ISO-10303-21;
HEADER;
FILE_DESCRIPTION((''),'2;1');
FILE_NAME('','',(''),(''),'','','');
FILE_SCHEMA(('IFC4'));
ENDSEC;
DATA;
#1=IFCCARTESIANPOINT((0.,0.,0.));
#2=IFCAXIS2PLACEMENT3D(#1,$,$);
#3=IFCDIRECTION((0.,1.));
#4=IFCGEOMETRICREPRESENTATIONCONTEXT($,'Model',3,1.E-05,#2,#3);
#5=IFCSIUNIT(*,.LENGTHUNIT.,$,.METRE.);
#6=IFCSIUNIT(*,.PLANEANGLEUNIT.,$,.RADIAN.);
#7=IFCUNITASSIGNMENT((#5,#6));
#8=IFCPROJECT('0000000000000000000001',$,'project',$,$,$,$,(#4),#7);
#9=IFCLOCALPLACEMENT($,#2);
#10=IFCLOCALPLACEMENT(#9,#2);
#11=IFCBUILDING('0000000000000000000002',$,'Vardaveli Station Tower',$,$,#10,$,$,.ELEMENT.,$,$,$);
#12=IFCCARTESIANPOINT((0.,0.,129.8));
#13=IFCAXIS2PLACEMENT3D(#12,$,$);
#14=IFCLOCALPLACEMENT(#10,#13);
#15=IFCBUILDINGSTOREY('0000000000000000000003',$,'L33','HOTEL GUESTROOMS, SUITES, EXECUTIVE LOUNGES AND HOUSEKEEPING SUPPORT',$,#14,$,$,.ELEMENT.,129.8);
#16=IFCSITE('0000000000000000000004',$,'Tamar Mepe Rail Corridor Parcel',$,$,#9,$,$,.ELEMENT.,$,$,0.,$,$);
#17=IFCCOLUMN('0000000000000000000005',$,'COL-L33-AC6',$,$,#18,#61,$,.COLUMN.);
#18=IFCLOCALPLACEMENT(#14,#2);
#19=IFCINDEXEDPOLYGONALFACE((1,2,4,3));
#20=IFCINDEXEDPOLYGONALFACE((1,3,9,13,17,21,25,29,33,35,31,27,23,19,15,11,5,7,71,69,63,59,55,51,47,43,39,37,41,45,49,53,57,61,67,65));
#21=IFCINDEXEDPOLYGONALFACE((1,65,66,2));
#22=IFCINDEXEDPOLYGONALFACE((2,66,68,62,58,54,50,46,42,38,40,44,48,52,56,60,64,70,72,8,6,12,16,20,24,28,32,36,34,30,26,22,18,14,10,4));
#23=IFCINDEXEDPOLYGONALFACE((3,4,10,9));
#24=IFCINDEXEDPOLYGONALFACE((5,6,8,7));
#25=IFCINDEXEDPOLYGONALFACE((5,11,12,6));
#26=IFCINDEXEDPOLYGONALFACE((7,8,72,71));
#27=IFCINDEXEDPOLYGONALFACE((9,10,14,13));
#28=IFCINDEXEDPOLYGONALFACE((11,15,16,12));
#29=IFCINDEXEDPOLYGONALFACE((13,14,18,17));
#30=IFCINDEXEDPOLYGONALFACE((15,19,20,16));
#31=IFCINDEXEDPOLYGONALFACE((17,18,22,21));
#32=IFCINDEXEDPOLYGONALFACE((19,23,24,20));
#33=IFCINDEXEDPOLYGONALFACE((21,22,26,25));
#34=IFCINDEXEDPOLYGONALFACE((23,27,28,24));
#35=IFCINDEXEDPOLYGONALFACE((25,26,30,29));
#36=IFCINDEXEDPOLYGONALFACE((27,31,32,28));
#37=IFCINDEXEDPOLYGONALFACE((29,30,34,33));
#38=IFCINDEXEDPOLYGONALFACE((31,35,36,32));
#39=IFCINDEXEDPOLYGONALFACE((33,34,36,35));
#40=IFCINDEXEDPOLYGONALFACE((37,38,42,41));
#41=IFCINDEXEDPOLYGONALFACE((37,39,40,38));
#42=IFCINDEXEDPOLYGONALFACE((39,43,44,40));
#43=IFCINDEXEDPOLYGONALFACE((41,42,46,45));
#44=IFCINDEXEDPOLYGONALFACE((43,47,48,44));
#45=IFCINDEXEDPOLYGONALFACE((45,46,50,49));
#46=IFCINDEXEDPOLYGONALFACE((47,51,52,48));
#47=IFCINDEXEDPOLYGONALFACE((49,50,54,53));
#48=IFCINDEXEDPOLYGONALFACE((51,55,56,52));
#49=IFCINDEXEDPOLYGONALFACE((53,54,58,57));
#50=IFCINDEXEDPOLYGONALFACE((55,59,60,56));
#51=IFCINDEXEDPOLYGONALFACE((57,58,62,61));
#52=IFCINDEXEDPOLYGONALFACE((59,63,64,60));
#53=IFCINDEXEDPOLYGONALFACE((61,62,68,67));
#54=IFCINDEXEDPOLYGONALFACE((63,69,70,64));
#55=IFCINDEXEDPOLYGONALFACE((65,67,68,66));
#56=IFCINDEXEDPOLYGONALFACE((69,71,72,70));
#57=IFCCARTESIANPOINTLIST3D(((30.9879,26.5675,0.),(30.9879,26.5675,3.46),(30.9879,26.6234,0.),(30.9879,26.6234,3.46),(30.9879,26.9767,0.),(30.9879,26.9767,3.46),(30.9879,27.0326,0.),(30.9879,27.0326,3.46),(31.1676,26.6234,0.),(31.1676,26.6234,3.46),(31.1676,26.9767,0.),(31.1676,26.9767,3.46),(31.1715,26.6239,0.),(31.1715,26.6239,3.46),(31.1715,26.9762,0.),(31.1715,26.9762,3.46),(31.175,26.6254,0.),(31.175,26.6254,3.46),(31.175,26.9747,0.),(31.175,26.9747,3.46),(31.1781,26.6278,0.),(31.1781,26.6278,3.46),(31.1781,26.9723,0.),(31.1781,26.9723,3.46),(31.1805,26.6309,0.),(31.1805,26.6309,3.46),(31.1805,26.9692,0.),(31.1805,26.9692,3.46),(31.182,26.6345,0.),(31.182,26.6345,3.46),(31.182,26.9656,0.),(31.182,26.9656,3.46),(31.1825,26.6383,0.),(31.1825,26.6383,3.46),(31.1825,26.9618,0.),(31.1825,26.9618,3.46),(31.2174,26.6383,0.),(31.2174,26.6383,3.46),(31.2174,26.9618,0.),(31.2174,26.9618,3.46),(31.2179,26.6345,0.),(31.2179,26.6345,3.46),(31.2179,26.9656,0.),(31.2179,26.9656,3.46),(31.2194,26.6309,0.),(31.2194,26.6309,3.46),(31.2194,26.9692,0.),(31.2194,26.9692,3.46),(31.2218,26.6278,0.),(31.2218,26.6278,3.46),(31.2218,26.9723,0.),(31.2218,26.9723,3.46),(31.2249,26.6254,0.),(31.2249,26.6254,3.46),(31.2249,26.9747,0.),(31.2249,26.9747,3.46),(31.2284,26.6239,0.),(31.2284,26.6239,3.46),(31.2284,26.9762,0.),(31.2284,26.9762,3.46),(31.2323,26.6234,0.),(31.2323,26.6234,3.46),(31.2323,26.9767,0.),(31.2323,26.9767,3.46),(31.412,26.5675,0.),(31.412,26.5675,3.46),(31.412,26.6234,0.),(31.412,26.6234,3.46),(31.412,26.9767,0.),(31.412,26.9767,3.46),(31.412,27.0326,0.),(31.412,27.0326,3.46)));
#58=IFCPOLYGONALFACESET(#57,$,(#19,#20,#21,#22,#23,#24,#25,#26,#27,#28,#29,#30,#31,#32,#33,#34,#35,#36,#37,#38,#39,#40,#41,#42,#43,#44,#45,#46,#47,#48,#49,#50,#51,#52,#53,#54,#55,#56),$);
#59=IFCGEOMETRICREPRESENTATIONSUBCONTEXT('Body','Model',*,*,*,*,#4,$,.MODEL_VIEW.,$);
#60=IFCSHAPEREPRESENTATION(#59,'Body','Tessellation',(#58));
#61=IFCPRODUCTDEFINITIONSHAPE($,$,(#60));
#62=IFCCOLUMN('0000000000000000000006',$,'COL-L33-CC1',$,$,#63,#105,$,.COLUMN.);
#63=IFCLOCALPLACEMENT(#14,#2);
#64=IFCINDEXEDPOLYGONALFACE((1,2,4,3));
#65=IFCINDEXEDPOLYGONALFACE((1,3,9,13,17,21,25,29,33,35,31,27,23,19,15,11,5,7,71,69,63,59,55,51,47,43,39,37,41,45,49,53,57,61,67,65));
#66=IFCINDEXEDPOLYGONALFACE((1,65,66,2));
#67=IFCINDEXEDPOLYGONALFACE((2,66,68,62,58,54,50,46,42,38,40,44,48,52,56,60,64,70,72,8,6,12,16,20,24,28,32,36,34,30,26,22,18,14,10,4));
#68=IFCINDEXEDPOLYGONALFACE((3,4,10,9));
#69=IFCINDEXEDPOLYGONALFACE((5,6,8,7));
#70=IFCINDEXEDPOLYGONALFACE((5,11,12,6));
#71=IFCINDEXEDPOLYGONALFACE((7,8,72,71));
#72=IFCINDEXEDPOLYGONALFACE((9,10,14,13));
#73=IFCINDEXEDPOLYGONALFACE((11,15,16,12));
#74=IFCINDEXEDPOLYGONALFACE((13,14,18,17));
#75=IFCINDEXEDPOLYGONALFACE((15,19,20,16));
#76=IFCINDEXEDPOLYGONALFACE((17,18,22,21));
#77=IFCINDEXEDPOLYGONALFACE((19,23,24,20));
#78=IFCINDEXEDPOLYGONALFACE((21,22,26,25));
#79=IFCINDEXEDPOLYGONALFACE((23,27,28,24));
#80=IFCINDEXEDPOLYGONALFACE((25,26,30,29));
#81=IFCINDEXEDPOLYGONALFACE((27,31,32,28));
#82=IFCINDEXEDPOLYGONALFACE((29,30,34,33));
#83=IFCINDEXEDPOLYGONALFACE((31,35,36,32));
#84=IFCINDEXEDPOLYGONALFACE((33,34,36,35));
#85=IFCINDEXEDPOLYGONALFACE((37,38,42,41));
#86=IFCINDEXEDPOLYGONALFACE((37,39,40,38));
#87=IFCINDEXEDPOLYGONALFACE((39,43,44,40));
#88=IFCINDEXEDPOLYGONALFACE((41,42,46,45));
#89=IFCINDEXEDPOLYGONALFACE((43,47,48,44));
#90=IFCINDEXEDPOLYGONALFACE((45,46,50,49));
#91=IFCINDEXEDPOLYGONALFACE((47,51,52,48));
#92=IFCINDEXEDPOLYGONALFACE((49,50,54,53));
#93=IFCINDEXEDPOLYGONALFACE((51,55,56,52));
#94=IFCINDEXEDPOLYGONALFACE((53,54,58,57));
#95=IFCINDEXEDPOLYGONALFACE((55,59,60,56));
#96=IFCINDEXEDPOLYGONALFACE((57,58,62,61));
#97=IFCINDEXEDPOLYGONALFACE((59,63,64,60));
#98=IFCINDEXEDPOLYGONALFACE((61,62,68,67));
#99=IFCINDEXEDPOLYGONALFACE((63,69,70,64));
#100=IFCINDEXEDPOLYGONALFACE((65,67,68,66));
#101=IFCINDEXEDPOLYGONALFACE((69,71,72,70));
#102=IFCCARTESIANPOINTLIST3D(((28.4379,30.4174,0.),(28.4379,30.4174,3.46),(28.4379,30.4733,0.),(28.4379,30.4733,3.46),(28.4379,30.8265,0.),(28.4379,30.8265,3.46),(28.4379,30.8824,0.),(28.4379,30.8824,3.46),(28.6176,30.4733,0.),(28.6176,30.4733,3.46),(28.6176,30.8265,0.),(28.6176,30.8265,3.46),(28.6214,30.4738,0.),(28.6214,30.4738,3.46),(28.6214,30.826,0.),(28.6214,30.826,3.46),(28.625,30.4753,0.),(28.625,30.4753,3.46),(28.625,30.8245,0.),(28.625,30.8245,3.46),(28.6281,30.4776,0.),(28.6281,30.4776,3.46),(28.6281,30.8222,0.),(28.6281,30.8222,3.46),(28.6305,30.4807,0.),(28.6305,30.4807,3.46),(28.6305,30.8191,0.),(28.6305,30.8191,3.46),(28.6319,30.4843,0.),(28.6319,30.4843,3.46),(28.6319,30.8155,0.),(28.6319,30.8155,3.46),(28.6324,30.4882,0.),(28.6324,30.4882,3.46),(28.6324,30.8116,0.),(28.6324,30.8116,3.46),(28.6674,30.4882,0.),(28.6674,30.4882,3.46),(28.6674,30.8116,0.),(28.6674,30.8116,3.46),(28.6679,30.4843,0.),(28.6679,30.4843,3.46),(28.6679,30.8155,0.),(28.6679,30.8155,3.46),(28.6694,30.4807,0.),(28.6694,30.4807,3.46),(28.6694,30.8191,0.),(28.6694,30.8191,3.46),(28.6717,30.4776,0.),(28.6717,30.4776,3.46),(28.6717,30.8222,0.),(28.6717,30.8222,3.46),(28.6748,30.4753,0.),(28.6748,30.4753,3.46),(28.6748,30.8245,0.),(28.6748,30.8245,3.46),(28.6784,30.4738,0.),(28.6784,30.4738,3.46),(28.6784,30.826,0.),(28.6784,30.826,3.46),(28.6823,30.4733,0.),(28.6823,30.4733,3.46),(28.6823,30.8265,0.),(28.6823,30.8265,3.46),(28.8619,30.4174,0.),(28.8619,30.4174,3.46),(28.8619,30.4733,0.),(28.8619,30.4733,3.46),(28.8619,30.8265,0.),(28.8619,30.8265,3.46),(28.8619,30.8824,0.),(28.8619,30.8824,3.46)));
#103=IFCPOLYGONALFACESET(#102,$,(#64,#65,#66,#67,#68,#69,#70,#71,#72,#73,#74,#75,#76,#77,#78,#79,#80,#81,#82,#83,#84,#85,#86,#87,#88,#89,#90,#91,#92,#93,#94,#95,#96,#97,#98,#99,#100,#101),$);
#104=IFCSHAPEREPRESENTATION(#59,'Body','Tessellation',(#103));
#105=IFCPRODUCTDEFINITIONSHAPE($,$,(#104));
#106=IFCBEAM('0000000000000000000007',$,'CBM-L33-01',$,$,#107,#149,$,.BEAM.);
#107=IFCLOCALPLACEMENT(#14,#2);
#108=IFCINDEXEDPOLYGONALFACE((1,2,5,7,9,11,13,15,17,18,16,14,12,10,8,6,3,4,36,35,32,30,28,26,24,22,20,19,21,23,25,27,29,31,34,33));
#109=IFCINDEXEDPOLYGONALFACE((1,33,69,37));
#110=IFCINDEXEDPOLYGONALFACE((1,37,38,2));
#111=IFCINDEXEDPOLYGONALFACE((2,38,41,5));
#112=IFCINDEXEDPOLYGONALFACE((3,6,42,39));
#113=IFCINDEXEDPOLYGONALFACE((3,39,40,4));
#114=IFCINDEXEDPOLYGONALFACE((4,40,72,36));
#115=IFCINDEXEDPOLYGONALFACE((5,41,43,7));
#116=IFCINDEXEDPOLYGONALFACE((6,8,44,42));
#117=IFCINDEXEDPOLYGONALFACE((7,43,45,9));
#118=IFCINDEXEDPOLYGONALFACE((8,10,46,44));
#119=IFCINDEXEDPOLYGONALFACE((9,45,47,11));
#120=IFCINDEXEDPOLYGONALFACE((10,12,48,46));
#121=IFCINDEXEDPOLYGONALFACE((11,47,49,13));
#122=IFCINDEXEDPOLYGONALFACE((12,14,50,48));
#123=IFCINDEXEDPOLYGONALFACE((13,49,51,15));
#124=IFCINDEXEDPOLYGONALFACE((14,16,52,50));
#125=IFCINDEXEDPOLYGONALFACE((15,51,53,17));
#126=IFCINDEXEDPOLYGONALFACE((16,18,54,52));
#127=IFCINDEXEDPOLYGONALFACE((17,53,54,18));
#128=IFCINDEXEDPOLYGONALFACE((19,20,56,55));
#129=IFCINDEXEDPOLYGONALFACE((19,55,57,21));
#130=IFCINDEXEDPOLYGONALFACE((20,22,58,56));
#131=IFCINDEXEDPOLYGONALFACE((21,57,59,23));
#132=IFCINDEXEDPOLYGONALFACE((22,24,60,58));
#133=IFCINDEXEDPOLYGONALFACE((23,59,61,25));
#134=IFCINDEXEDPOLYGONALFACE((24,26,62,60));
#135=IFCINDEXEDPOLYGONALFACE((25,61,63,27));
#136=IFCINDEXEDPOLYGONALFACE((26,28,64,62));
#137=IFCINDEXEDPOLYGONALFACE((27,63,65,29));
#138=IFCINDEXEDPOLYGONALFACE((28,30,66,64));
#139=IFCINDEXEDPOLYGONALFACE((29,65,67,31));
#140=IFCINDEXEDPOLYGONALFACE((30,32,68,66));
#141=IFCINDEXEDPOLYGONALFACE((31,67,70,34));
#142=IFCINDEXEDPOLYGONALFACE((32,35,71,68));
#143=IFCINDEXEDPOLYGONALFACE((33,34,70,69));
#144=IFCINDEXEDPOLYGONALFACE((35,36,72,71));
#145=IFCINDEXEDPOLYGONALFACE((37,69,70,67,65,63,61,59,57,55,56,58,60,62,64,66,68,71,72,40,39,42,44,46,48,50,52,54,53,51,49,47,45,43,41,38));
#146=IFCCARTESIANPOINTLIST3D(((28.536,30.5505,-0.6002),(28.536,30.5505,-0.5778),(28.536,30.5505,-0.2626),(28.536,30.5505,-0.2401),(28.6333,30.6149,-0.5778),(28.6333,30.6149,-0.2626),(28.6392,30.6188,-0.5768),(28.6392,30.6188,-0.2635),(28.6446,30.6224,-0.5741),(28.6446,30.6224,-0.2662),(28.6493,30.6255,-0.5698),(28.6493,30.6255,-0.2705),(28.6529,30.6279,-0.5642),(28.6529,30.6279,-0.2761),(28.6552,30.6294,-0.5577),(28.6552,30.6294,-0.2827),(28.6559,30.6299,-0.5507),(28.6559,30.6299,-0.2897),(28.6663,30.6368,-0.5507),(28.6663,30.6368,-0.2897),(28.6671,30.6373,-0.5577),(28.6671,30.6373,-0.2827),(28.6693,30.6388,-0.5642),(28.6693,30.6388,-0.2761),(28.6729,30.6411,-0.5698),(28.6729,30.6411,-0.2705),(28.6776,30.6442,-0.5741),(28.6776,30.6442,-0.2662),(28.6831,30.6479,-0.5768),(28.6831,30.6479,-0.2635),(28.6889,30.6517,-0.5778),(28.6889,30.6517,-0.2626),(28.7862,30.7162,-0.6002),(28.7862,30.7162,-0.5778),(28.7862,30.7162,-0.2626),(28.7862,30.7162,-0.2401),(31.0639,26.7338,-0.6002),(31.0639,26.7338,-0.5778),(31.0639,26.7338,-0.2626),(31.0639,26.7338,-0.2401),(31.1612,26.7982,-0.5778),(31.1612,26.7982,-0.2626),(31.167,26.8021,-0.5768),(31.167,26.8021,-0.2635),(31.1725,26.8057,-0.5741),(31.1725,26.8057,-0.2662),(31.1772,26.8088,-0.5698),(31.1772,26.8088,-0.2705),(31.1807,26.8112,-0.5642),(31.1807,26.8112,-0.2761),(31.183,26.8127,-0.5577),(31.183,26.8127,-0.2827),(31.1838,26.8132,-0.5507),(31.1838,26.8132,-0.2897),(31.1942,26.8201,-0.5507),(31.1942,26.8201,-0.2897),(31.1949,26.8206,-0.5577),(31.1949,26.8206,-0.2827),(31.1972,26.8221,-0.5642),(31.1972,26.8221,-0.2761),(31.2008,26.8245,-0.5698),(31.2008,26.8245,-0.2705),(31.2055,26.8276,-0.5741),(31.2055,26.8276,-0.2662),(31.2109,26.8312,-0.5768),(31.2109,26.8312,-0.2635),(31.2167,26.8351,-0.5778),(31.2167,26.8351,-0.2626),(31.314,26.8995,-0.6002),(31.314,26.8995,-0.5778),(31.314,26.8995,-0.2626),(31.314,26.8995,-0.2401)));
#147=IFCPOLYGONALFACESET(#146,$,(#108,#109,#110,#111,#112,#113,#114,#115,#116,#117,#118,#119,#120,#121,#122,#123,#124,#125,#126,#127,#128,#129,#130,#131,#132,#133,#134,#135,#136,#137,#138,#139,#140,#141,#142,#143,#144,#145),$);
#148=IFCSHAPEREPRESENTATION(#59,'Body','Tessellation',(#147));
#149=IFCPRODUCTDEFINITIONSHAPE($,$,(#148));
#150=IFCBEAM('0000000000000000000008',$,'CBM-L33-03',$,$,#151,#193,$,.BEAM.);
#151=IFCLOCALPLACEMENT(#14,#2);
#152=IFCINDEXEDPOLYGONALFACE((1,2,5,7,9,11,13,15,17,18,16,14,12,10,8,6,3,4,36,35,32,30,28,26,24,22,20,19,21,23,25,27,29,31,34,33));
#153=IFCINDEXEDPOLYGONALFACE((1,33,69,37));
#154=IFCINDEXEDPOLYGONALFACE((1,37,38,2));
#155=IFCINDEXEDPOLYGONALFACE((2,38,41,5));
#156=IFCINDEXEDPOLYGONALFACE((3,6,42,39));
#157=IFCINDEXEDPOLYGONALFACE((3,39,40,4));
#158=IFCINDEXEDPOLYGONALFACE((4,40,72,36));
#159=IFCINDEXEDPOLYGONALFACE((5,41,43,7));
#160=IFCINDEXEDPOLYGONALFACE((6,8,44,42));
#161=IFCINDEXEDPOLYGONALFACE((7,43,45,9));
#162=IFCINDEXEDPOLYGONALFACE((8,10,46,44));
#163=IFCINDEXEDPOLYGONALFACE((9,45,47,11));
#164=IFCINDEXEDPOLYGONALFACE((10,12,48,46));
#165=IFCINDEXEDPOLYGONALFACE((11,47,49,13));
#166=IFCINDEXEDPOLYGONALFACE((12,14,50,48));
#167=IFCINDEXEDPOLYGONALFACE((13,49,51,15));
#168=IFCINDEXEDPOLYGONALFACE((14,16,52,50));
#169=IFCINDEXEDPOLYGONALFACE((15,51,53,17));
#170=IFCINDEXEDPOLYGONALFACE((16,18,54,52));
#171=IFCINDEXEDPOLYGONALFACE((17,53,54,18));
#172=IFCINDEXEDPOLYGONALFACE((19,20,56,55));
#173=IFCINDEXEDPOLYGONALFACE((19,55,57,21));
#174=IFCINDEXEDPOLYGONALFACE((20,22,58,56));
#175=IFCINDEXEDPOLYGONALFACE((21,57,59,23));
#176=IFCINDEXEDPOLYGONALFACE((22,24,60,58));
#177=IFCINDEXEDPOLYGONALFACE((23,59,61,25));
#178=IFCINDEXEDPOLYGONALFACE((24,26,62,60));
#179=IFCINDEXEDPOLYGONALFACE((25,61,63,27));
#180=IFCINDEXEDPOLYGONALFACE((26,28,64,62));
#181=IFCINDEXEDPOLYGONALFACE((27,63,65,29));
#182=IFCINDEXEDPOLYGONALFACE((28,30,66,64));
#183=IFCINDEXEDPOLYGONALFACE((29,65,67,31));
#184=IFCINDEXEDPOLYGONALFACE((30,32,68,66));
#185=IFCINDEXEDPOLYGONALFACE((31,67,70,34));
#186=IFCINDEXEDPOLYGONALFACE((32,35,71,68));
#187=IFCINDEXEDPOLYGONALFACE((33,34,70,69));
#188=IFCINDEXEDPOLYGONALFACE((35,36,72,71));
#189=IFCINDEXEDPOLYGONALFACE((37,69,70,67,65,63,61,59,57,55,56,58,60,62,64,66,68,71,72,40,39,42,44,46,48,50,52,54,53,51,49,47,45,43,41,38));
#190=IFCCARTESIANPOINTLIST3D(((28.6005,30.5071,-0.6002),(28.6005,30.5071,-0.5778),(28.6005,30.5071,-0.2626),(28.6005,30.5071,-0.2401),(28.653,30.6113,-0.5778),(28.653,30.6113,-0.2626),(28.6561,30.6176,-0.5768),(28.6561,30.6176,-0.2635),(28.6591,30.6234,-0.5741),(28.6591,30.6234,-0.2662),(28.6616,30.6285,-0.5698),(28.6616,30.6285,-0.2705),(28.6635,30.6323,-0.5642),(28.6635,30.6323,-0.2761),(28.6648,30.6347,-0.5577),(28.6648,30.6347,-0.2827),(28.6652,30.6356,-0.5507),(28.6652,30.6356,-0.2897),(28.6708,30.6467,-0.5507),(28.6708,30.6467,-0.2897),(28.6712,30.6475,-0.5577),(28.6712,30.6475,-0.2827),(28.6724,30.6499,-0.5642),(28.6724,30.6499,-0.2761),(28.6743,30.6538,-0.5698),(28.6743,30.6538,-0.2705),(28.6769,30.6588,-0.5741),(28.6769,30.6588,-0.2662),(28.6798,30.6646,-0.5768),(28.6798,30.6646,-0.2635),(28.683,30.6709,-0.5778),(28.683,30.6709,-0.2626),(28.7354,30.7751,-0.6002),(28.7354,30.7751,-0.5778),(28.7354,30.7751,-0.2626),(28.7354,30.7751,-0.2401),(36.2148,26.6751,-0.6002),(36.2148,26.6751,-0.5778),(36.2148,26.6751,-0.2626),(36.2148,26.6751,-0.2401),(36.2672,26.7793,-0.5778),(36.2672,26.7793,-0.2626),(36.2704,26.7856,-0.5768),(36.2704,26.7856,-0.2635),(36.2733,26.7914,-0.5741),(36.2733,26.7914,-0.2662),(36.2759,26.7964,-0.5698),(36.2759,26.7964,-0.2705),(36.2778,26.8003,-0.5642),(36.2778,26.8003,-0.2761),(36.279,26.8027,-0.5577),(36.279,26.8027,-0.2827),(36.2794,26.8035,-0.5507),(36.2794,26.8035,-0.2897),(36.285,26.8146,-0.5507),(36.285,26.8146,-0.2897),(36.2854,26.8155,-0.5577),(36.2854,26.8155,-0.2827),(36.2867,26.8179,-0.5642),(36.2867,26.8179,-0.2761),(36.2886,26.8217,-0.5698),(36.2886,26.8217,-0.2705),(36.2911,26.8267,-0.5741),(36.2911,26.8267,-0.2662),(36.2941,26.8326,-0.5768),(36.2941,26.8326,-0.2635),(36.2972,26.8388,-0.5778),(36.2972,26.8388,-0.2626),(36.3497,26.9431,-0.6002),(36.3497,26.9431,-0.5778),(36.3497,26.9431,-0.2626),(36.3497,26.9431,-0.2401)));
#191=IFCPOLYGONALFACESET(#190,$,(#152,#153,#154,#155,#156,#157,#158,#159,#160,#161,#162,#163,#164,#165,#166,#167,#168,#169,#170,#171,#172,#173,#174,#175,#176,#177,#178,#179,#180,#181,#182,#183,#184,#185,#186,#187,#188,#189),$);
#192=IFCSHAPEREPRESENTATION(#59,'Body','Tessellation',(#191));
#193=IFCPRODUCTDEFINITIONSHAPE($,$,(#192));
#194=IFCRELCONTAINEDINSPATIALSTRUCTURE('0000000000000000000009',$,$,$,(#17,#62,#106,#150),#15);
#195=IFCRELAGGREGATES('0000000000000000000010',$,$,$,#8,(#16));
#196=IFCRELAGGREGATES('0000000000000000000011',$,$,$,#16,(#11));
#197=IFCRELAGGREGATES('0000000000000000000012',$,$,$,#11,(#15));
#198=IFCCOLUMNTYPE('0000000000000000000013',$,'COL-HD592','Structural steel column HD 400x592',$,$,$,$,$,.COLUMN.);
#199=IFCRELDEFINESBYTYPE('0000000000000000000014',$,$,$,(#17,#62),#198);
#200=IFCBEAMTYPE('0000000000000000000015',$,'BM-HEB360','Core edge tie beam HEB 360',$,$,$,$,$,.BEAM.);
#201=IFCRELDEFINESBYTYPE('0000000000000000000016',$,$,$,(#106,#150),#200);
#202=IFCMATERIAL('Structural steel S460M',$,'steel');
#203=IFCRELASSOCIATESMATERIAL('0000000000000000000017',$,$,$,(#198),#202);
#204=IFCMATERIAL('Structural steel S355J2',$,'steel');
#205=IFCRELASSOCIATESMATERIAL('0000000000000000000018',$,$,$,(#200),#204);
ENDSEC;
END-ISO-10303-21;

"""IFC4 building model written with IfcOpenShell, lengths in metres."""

from ifc_helpers import new_model, si_unit, direction, frame, origin, origin_2d, place, context, subcontext, project, spatial, i_section, extrude, source, transform, mapped, material, material_profile, profile_set, type_object, element, save


model = new_model("IFC4")

# Units and contexts
model_context = context("Model", 3, precision=1e-05, world=origin(), true_north=direction((0.0, 1.0)))
body_context = subcontext(model_context, "Body", "Model", "MODEL_VIEW")
ifc_project = project(units=[si_unit("LENGTHUNIT", "METRE"), si_unit("PLANEANGLEUNIT", "RADIAN")], contexts=[model_context])

# Site, building, storey
site_placement = place(None, origin())
site = spatial("IfcSite", under=ifc_project, at=site_placement, Name="Tamar Mepe Rail Corridor Parcel", CompositionType="ELEMENT", RefElevation=0.0)
building_placement = place(site_placement, origin())
building = spatial("IfcBuilding", under=site, at=building_placement, Name="Vardaveli Station Tower", CompositionType="ELEMENT")
storey_placement = place(building_placement, frame((0.0, 0.0, 129.8)))
storey = spatial("IfcBuildingStorey", under=building, at=storey_placement, Name="L33", Description="HOTEL GUESTROOMS, SUITES, EXECUTIVE LOUNGES AND HOUSEKEEPING SUPPORT", CompositionType="ELEMENT", Elevation=129.8)

# Columns
ifc_material_1 = material(Name="Structural steel S460M", Category="steel")
ifc_material_profile_1 = material_profile(ifc_material_1, i_section(OverallWidth=0.4241, OverallDepth=0.4651, WebThickness=0.0349, FlangeThickness=0.0559, FilletRadius=0.0149, at=origin_2d()), Name="HD 400x592")
ifc_profile_set_1 = profile_set([ifc_material_profile_1], Name="Structural steel S460M")
column_type = type_object("IfcColumnType", Name="COL-HD592", Description="Structural steel column HD 400x592", PredefinedType="COLUMN", material=ifc_profile_set_1)
shared_shape_1 = source(origin(), body_context, "Body", "SweptSolid", [
    extrude(i_section(OverallWidth=0.4241, OverallDepth=0.4651, WebThickness=0.0349, FlangeThickness=0.0559, FilletRadius=0.0149, at=origin_2d()), origin(), (0.0, 0.0, 1.0), 3.46),
])
for number, where, z_axis, x_axis, name in (
    (1, (31.2, 26.8, 0.0), (0.0, 0.0, 1.0), (1.0, 0.0, 0.0), "COL-L33-AC6"),
    (2, (28.6499, 30.6499, 0.0), (0.0, 0.0, 1.0), (1.0, 0.0, 0.0), "COL-L33-CC1"),
):
    element("IfcColumn", number, at=place(storey_placement, frame(where, z_axis=z_axis, x_axis=x_axis)), inside=storey, type_object=column_type, Name=name, PredefinedType="COLUMN", context=body_context, shape_type="MappedRepresentation", body=[
        mapped(shared_shape_1, transform((0.0, 0.0, 0.0), scale=1.0)),
    ])

# Beams
ifc_material_2 = material(Name="Structural steel S355J2", Category="steel")
ifc_material_profile_2 = material_profile(ifc_material_2, i_section(OverallWidth=0.3, OverallDepth=0.3601, WebThickness=0.0125, FlangeThickness=0.0225, FilletRadius=0.0271, at=origin_2d()), Name="HEB 360")
ifc_profile_set_2 = profile_set([ifc_material_profile_2], Name="Structural steel S355J2")
beam_type = type_object("IfcBeamType", Name="BM-HEB360", Description="Core edge tie beam HEB 360", PredefinedType="BEAM", material=ifc_profile_set_2)
shared_shape_2 = source(origin(), body_context, "Body", "SweptSolid", [
    extrude(i_section(OverallWidth=0.3, OverallDepth=0.3601, WebThickness=0.0125, FlangeThickness=0.0225, FilletRadius=0.0271, at=origin_2d()), origin(), (0.0, 0.0, 1.0), 4.5779),
])
beam_1_placement = place(storey_placement, frame((31.189, 26.8167, -0.4202), z_axis=(-0.552187, 0.83372, 0.0), x_axis=(-0.83372, -0.552187, 0.0)))
element("IfcBeam", 3, at=beam_1_placement, inside=storey, type_object=beam_type, Name="CBM-L33-01", PredefinedType="BEAM", context=body_context, shape_type="MappedRepresentation", body=[
    mapped(shared_shape_2, transform((0.0, 0.0, 0.0), scale=1.0)),
])
shared_shape_3 = source(origin(), body_context, "Body", "SweptSolid", [
    extrude(i_section(OverallWidth=0.3, OverallDepth=0.3601, WebThickness=0.0125, FlangeThickness=0.0225, FilletRadius=0.0271, at=origin_2d()), origin(), (0.0, 0.0, 1.0), 8.5242),
])
beam_2_placement = place(storey_placement, frame((28.668, 30.6411, -0.4202), z_axis=(0.893256, -0.449549, 0.0), x_axis=(0.449549, 0.893256, 0.0)))
element("IfcBeam", 4, at=beam_2_placement, inside=storey, type_object=beam_type, Name="CBM-L33-03", PredefinedType="BEAM", context=body_context, shape_type="MappedRepresentation", body=[
    mapped(shared_shape_3, transform((0.0, 0.0, 0.0), scale=1.0)),
])

save(model, "model.ifc")
